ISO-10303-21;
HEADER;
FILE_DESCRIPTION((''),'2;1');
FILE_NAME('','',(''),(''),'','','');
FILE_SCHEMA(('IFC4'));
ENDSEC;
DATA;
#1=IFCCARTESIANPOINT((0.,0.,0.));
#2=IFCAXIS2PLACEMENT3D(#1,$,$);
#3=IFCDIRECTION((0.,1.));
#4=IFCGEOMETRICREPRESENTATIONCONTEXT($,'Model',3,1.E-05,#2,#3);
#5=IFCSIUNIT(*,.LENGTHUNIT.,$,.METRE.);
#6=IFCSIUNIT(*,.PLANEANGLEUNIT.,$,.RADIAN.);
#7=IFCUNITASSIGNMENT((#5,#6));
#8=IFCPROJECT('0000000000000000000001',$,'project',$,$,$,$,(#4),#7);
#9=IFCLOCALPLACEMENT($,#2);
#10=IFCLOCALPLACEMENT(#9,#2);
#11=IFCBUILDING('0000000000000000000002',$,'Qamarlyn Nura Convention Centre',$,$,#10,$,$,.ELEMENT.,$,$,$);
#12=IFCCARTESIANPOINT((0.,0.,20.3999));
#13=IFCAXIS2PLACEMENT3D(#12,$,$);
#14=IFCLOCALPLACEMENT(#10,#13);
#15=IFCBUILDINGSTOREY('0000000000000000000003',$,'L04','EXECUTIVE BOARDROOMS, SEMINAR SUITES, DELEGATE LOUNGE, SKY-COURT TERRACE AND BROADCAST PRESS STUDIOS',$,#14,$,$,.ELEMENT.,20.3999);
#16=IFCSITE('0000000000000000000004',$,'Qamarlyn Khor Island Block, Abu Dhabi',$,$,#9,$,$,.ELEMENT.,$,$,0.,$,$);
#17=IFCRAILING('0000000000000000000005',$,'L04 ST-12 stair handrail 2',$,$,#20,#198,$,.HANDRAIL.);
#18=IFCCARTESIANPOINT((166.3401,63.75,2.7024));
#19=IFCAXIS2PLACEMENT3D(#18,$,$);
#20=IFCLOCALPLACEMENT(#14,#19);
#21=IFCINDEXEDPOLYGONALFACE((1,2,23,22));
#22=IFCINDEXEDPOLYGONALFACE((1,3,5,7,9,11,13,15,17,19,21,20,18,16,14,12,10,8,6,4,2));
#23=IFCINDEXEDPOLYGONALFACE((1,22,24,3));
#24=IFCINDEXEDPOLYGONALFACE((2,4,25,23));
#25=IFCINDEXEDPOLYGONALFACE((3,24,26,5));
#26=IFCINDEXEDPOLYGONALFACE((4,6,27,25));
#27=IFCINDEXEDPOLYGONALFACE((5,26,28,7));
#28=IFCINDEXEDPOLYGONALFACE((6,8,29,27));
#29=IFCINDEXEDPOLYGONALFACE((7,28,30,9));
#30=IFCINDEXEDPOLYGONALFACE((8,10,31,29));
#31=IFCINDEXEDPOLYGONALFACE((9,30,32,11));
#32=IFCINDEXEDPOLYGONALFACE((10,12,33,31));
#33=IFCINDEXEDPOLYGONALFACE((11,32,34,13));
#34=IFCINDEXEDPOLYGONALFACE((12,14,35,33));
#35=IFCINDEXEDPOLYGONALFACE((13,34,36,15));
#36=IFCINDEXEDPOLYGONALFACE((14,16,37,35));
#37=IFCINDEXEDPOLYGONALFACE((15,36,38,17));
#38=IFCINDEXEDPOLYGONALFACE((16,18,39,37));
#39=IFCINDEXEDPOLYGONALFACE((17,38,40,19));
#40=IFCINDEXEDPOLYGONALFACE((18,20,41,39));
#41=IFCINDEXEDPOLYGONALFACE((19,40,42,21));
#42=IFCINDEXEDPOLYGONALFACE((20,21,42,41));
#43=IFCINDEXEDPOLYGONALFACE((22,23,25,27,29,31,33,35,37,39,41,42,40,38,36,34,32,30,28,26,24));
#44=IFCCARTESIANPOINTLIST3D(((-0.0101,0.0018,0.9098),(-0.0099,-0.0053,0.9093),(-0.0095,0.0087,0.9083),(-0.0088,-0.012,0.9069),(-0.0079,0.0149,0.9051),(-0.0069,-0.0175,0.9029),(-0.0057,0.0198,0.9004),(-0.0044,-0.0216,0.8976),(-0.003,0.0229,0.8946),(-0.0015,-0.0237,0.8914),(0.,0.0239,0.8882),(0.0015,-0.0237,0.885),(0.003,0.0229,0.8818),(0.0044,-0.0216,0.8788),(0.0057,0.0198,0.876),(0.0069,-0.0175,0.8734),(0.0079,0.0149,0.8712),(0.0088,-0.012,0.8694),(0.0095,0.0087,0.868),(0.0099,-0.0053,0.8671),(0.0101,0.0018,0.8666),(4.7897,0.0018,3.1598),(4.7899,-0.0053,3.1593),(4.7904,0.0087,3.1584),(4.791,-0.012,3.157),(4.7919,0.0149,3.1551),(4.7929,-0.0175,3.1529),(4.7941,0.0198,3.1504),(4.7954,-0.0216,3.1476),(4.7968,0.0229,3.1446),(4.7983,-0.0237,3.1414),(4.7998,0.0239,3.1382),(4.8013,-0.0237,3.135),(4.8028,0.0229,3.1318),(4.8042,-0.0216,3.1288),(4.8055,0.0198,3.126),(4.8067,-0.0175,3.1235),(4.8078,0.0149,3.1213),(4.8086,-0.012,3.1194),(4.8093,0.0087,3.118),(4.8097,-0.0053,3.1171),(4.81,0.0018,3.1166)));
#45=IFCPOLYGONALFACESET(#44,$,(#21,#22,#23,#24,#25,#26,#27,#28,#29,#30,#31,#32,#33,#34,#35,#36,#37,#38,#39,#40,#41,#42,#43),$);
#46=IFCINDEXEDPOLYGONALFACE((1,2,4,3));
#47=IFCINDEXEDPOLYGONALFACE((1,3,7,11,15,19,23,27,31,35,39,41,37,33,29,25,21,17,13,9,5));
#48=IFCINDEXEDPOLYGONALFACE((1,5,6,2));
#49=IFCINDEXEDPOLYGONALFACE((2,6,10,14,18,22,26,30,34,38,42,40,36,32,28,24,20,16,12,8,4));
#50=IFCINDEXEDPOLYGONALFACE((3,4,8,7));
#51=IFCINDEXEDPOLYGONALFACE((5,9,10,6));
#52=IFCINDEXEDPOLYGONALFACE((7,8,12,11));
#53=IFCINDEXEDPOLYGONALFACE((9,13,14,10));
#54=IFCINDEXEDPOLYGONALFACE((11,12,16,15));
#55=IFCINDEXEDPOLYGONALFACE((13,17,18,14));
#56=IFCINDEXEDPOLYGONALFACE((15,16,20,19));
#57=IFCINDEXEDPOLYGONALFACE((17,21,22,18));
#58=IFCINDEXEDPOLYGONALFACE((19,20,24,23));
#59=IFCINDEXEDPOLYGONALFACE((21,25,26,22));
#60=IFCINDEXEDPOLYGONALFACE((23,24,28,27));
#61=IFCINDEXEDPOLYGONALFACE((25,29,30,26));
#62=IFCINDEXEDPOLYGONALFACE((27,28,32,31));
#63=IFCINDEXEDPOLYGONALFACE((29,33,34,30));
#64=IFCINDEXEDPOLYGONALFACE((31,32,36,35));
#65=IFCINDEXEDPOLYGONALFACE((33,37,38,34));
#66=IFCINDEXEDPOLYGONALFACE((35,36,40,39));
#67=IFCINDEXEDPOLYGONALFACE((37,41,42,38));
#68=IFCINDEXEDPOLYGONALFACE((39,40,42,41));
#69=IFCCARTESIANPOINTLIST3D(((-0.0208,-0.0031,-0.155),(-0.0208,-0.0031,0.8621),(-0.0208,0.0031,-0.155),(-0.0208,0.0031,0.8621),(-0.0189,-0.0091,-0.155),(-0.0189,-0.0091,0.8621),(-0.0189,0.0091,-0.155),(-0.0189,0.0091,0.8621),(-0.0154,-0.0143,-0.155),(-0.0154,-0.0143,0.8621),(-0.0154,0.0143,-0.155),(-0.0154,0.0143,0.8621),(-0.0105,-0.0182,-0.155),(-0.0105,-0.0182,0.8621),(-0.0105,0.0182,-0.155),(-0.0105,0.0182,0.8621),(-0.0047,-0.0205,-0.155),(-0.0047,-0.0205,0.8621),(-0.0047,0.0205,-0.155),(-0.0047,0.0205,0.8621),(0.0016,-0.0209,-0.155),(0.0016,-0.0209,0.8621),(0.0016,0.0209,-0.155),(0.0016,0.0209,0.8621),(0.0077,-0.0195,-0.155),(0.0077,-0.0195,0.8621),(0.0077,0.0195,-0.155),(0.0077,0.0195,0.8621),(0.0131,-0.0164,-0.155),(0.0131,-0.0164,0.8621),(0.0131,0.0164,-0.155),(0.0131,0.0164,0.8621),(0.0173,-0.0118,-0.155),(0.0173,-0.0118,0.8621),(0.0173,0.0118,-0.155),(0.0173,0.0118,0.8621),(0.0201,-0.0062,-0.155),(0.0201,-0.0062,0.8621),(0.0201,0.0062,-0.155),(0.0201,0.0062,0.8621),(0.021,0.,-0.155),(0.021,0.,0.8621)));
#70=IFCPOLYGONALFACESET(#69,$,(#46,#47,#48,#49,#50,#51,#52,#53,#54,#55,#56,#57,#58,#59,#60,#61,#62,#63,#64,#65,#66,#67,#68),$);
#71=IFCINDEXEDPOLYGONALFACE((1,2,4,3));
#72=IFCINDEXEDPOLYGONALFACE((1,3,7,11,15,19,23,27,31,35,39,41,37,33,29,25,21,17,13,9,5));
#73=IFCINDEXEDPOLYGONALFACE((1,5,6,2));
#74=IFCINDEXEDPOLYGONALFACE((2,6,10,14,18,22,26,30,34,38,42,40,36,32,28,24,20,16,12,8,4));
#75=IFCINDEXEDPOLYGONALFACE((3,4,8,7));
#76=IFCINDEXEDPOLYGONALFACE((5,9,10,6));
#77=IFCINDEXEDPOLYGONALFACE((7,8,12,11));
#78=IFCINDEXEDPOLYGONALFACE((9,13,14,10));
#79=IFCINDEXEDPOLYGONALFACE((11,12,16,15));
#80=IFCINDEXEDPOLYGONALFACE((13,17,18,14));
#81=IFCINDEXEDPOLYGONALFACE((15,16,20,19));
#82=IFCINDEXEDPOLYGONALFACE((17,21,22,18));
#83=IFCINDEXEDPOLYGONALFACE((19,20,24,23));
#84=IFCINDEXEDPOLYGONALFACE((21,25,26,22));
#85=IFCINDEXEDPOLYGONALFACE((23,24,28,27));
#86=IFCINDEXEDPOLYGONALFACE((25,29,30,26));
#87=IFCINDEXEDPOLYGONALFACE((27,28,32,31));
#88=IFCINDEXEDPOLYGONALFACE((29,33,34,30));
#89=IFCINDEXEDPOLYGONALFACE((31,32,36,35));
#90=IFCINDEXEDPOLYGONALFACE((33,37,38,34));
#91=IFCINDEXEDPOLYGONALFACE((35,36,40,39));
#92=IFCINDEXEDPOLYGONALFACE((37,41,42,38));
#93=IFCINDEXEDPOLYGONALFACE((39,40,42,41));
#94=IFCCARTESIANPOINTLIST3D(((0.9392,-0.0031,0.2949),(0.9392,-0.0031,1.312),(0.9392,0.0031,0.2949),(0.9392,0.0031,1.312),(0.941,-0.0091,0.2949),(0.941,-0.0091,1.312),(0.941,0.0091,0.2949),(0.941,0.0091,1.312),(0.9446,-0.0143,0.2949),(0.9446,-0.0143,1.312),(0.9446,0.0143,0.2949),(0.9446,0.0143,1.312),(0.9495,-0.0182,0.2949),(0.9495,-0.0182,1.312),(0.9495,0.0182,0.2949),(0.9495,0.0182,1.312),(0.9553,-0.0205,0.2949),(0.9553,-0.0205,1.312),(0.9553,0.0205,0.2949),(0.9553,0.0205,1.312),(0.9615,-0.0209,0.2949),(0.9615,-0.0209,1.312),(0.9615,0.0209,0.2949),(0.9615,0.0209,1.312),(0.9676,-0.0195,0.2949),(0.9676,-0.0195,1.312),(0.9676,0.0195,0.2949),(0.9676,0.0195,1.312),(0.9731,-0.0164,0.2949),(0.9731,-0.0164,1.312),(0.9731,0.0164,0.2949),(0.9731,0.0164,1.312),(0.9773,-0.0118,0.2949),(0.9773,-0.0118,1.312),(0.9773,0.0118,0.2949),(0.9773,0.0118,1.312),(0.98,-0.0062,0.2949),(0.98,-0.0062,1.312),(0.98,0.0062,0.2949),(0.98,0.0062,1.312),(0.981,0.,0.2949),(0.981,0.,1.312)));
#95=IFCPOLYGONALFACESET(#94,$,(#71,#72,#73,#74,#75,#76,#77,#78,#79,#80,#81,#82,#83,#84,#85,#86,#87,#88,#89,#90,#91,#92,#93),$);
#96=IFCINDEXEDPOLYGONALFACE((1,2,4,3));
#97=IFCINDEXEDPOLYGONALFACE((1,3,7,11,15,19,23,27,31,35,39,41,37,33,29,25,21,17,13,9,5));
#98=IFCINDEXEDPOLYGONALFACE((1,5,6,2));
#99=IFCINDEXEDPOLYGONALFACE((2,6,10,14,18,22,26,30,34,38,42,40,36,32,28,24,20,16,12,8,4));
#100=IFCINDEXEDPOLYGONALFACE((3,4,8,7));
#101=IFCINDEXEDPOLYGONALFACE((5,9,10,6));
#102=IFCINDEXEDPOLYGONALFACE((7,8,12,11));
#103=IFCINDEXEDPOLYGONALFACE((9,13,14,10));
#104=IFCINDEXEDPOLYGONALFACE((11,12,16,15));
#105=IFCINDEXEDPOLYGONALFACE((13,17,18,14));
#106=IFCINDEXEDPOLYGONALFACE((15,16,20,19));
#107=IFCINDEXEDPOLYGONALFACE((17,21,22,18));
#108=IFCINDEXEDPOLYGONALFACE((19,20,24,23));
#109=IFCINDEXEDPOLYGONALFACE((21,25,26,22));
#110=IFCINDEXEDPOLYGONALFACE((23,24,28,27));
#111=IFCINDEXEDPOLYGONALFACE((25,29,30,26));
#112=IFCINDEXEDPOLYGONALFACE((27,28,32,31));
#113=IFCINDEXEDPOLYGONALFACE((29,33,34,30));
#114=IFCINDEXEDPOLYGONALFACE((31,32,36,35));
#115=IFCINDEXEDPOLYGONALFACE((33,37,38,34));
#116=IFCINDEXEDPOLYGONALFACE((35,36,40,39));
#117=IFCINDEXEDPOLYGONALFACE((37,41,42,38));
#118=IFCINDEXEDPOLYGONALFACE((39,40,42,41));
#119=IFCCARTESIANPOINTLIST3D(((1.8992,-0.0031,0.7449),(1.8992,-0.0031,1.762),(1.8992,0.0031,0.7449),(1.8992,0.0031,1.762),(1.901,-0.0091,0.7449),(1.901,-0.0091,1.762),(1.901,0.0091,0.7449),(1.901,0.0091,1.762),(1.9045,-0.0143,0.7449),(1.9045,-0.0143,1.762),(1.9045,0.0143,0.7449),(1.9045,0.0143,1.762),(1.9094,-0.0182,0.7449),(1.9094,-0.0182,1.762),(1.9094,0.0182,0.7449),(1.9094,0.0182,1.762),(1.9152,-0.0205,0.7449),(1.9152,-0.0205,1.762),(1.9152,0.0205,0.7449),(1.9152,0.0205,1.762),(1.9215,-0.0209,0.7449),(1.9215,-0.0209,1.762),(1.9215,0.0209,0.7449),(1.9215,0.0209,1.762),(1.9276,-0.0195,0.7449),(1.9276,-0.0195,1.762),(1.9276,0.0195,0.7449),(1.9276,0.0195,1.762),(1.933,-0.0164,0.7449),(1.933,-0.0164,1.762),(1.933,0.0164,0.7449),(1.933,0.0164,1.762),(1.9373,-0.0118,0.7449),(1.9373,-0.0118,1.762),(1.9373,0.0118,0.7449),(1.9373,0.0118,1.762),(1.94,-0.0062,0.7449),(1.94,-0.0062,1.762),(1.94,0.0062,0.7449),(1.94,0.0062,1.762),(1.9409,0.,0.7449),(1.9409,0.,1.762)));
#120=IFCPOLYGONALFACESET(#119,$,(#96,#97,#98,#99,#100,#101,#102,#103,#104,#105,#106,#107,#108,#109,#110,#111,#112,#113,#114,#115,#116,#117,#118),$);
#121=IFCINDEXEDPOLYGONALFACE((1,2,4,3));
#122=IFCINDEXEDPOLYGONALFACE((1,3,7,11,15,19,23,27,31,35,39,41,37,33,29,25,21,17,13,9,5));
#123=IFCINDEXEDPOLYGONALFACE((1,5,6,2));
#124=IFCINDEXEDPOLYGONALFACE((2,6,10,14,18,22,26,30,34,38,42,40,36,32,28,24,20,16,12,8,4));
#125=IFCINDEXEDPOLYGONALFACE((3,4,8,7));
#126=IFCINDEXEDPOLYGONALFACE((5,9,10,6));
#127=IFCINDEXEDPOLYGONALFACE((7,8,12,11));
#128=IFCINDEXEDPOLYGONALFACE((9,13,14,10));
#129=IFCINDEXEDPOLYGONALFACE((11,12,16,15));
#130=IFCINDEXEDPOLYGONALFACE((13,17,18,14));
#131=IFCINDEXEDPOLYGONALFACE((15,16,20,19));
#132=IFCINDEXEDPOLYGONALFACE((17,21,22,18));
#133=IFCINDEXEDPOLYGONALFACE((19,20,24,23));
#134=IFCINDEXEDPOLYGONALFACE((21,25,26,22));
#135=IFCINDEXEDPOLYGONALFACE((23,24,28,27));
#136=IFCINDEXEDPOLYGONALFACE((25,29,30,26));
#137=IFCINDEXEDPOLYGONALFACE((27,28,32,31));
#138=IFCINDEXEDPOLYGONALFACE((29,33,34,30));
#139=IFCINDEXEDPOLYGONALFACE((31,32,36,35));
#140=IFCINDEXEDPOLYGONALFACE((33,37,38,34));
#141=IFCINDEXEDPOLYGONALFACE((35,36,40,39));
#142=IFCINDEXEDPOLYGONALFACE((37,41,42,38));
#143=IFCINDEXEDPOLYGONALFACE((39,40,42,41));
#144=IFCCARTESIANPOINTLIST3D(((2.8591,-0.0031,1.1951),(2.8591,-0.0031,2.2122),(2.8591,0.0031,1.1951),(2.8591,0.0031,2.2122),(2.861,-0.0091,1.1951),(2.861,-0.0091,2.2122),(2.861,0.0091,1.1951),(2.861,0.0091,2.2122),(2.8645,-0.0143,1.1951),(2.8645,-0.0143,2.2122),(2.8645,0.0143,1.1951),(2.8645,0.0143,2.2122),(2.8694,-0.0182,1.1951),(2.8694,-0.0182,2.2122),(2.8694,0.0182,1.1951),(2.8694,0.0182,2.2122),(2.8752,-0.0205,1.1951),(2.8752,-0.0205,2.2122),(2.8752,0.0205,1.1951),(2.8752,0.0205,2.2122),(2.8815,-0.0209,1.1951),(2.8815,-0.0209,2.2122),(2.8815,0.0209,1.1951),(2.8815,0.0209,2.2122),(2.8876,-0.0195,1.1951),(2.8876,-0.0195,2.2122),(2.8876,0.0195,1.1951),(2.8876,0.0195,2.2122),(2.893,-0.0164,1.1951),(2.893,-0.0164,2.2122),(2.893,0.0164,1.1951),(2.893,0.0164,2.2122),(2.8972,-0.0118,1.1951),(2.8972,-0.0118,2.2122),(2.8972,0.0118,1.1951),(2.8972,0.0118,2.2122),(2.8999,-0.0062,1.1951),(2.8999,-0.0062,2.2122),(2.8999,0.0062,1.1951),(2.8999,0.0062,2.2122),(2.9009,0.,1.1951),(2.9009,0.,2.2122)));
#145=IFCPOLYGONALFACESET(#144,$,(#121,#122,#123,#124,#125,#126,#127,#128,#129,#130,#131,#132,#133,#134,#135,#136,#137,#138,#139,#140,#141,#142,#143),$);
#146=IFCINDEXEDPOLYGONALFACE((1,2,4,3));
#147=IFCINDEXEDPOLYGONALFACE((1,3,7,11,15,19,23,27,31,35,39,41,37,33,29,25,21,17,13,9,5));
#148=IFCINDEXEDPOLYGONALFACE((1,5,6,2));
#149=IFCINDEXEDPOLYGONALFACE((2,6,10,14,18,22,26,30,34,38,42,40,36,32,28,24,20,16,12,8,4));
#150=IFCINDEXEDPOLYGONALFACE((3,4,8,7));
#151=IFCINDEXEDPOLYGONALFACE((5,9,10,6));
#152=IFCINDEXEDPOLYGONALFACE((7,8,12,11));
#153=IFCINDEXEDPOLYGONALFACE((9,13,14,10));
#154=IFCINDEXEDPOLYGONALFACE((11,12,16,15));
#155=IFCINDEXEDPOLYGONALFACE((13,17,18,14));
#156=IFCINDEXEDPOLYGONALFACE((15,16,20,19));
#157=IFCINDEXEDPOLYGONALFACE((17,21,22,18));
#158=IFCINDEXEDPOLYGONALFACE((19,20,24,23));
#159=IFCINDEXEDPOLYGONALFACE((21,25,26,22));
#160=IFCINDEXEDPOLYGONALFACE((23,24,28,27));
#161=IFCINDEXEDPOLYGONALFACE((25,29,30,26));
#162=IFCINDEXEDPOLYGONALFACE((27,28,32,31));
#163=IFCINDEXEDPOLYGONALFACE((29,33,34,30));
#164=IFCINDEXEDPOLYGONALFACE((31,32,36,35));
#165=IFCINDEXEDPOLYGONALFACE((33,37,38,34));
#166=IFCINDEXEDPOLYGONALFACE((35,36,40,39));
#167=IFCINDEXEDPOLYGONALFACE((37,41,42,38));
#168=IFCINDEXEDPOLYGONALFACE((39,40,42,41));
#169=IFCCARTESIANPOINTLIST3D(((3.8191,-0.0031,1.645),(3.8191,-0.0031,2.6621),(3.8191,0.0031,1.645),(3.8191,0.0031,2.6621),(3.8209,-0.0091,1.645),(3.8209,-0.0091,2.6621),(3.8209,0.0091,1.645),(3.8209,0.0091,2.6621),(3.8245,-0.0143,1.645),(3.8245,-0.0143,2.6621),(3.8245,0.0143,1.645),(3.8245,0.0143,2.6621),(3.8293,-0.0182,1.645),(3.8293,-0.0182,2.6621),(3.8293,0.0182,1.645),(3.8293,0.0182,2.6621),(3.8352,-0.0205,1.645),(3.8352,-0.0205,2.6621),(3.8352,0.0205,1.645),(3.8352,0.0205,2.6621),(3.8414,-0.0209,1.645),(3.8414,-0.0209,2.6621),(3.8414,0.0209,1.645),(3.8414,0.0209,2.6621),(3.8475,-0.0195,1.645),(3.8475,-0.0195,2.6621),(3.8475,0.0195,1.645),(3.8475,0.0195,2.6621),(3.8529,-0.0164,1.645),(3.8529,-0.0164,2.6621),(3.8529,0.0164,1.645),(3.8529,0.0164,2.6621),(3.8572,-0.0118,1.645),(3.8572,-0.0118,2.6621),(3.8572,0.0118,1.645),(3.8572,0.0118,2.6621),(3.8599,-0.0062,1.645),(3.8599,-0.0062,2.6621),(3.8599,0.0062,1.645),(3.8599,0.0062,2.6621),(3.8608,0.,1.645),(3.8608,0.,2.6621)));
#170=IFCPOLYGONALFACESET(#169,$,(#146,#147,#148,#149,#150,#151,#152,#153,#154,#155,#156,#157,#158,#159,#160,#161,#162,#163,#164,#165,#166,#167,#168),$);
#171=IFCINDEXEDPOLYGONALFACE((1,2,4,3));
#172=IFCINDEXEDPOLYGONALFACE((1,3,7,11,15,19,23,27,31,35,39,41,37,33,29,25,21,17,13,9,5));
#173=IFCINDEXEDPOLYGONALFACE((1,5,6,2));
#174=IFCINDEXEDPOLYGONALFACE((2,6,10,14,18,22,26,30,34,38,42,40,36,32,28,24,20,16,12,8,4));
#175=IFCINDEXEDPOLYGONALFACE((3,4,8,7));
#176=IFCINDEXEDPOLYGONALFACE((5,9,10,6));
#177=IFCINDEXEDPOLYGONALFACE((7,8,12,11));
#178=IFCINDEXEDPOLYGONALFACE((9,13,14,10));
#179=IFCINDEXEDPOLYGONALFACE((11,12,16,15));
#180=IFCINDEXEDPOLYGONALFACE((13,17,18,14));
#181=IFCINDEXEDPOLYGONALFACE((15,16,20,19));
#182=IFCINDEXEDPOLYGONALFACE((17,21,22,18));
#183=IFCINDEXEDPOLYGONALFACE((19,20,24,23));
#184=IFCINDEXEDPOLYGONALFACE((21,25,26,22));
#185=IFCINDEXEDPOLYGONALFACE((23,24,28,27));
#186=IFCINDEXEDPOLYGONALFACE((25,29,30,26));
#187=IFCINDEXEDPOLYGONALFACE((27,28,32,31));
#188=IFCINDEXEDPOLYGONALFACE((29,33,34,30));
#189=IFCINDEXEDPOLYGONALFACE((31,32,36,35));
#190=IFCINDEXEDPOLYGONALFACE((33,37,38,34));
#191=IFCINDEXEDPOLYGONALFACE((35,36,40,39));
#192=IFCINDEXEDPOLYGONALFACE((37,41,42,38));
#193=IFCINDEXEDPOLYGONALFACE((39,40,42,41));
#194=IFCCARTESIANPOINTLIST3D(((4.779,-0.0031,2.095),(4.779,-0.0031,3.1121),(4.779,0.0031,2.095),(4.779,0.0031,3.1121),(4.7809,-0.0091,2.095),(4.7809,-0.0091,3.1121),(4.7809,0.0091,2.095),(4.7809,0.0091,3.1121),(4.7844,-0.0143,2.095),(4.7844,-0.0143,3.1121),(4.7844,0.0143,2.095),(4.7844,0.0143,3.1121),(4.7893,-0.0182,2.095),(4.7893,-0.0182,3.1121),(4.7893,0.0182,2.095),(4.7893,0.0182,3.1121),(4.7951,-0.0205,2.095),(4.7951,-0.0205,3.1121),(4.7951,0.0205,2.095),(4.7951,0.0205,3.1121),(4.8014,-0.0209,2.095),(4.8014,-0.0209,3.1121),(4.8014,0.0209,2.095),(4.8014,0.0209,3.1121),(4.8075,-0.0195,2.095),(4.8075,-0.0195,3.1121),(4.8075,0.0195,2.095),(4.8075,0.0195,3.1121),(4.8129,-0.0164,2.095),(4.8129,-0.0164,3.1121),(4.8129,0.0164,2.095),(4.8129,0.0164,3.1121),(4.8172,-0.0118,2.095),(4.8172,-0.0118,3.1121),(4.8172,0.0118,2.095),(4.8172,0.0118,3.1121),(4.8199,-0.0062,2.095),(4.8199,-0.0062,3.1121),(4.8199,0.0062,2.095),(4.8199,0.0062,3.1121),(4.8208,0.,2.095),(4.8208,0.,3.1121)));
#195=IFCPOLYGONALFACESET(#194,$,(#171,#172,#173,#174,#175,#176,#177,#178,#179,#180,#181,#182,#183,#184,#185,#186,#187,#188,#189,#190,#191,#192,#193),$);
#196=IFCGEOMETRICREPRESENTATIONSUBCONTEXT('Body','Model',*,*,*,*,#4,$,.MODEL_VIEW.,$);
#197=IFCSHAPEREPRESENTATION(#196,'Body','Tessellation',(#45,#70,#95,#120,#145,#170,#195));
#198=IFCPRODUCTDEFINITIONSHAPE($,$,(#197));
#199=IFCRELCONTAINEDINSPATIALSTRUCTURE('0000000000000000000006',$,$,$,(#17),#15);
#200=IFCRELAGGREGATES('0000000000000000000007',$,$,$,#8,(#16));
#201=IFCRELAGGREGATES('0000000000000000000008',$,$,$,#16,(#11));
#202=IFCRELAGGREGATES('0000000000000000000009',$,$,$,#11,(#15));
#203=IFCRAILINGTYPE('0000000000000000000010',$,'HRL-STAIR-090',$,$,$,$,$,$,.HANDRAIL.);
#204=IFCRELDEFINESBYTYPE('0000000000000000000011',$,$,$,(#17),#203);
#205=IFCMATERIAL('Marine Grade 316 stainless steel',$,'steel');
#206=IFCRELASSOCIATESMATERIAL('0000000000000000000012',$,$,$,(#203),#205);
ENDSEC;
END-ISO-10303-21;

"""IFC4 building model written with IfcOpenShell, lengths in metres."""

from ifc_helpers import new_model, si_unit, direction, frame, origin, origin_2d, place, context, subcontext, project, spatial, circle, extrude, material, type_object, element, save


model = new_model("IFC4")

# Units and contexts
model_context = context("Model", 3, precision=1e-05, world=origin(), true_north=direction((0.0, 1.0)))
body_context = subcontext(model_context, "Body", "Model", "MODEL_VIEW")
ifc_project = project(units=[si_unit("LENGTHUNIT", "METRE"), si_unit("PLANEANGLEUNIT", "RADIAN")], contexts=[model_context])

# Site, building, storey
site_placement = place(None, origin())
site = spatial("IfcSite", under=ifc_project, at=site_placement, Name="Qamarlyn Khor Island Block, Abu Dhabi", CompositionType="ELEMENT", RefElevation=0.0)
building_placement = place(site_placement, origin())
building = spatial("IfcBuilding", under=site, at=building_placement, Name="Qamarlyn Nura Convention Centre", CompositionType="ELEMENT")
storey_placement = place(building_placement, frame((0.0, 0.0, 20.3999)))
storey = spatial("IfcBuildingStorey", under=building, at=storey_placement, Name="L04", Description="EXECUTIVE BOARDROOMS, SEMINAR SUITES, DELEGATE LOUNGE, SKY-COURT TERRACE AND BROADCAST PRESS STUDIOS", CompositionType="ELEMENT", Elevation=20.3999)

# Railing
ifc_material_1 = material(Name="Marine Grade 316 stainless steel", Category="steel")
railing_type_1 = type_object("IfcRailingType", Name="HRL-STAIR-090", PredefinedType="HANDRAIL", material=ifc_material_1)
for number, where, name in (
    (1, (166.3401, 63.75, 2.7024), "L04 ST-12 stair handrail 2"),
):
    element("IfcRailing", number, at=place(storey_placement, frame(where)), inside=storey, type_object=railing_type_1, Name=name, PredefinedType="HANDRAIL", context=body_context, shape_type="SweptSolid", body=[
        extrude(circle(Radius=0.0239, at=origin_2d()), frame((0.0, 0.0, 0.8882), z_axis=(0.905452, 0.0, 0.424448), x_axis=(0.0, 1.0, 0.0)), (0.0, 0.0, 1.0), 5.301),
        extrude(circle(Radius=0.021, at=origin_2d()), frame((0.0, 0.0, -0.155)), (0.0, 0.0, 1.0), 1.0171),
        extrude(circle(Radius=0.021, at=origin_2d()), frame((0.96, 0.0, 0.2949)), (0.0, 0.0, 1.0), 1.0171),
        extrude(circle(Radius=0.021, at=origin_2d()), frame((1.9199, 0.0, 0.7449)), (0.0, 0.0, 1.0), 1.0171),
        extrude(circle(Radius=0.021, at=origin_2d()), frame((2.8799, 0.0, 1.1951)), (0.0, 0.0, 1.0), 1.0171),
        extrude(circle(Radius=0.021, at=origin_2d()), frame((3.8398, 0.0, 1.645)), (0.0, 0.0, 1.0), 1.0171),
        extrude(circle(Radius=0.021, at=origin_2d()), frame((4.7998, 0.0, 2.095)), (0.0, 0.0, 1.0), 1.0171),
    ])

save(model, "model.ifc")
